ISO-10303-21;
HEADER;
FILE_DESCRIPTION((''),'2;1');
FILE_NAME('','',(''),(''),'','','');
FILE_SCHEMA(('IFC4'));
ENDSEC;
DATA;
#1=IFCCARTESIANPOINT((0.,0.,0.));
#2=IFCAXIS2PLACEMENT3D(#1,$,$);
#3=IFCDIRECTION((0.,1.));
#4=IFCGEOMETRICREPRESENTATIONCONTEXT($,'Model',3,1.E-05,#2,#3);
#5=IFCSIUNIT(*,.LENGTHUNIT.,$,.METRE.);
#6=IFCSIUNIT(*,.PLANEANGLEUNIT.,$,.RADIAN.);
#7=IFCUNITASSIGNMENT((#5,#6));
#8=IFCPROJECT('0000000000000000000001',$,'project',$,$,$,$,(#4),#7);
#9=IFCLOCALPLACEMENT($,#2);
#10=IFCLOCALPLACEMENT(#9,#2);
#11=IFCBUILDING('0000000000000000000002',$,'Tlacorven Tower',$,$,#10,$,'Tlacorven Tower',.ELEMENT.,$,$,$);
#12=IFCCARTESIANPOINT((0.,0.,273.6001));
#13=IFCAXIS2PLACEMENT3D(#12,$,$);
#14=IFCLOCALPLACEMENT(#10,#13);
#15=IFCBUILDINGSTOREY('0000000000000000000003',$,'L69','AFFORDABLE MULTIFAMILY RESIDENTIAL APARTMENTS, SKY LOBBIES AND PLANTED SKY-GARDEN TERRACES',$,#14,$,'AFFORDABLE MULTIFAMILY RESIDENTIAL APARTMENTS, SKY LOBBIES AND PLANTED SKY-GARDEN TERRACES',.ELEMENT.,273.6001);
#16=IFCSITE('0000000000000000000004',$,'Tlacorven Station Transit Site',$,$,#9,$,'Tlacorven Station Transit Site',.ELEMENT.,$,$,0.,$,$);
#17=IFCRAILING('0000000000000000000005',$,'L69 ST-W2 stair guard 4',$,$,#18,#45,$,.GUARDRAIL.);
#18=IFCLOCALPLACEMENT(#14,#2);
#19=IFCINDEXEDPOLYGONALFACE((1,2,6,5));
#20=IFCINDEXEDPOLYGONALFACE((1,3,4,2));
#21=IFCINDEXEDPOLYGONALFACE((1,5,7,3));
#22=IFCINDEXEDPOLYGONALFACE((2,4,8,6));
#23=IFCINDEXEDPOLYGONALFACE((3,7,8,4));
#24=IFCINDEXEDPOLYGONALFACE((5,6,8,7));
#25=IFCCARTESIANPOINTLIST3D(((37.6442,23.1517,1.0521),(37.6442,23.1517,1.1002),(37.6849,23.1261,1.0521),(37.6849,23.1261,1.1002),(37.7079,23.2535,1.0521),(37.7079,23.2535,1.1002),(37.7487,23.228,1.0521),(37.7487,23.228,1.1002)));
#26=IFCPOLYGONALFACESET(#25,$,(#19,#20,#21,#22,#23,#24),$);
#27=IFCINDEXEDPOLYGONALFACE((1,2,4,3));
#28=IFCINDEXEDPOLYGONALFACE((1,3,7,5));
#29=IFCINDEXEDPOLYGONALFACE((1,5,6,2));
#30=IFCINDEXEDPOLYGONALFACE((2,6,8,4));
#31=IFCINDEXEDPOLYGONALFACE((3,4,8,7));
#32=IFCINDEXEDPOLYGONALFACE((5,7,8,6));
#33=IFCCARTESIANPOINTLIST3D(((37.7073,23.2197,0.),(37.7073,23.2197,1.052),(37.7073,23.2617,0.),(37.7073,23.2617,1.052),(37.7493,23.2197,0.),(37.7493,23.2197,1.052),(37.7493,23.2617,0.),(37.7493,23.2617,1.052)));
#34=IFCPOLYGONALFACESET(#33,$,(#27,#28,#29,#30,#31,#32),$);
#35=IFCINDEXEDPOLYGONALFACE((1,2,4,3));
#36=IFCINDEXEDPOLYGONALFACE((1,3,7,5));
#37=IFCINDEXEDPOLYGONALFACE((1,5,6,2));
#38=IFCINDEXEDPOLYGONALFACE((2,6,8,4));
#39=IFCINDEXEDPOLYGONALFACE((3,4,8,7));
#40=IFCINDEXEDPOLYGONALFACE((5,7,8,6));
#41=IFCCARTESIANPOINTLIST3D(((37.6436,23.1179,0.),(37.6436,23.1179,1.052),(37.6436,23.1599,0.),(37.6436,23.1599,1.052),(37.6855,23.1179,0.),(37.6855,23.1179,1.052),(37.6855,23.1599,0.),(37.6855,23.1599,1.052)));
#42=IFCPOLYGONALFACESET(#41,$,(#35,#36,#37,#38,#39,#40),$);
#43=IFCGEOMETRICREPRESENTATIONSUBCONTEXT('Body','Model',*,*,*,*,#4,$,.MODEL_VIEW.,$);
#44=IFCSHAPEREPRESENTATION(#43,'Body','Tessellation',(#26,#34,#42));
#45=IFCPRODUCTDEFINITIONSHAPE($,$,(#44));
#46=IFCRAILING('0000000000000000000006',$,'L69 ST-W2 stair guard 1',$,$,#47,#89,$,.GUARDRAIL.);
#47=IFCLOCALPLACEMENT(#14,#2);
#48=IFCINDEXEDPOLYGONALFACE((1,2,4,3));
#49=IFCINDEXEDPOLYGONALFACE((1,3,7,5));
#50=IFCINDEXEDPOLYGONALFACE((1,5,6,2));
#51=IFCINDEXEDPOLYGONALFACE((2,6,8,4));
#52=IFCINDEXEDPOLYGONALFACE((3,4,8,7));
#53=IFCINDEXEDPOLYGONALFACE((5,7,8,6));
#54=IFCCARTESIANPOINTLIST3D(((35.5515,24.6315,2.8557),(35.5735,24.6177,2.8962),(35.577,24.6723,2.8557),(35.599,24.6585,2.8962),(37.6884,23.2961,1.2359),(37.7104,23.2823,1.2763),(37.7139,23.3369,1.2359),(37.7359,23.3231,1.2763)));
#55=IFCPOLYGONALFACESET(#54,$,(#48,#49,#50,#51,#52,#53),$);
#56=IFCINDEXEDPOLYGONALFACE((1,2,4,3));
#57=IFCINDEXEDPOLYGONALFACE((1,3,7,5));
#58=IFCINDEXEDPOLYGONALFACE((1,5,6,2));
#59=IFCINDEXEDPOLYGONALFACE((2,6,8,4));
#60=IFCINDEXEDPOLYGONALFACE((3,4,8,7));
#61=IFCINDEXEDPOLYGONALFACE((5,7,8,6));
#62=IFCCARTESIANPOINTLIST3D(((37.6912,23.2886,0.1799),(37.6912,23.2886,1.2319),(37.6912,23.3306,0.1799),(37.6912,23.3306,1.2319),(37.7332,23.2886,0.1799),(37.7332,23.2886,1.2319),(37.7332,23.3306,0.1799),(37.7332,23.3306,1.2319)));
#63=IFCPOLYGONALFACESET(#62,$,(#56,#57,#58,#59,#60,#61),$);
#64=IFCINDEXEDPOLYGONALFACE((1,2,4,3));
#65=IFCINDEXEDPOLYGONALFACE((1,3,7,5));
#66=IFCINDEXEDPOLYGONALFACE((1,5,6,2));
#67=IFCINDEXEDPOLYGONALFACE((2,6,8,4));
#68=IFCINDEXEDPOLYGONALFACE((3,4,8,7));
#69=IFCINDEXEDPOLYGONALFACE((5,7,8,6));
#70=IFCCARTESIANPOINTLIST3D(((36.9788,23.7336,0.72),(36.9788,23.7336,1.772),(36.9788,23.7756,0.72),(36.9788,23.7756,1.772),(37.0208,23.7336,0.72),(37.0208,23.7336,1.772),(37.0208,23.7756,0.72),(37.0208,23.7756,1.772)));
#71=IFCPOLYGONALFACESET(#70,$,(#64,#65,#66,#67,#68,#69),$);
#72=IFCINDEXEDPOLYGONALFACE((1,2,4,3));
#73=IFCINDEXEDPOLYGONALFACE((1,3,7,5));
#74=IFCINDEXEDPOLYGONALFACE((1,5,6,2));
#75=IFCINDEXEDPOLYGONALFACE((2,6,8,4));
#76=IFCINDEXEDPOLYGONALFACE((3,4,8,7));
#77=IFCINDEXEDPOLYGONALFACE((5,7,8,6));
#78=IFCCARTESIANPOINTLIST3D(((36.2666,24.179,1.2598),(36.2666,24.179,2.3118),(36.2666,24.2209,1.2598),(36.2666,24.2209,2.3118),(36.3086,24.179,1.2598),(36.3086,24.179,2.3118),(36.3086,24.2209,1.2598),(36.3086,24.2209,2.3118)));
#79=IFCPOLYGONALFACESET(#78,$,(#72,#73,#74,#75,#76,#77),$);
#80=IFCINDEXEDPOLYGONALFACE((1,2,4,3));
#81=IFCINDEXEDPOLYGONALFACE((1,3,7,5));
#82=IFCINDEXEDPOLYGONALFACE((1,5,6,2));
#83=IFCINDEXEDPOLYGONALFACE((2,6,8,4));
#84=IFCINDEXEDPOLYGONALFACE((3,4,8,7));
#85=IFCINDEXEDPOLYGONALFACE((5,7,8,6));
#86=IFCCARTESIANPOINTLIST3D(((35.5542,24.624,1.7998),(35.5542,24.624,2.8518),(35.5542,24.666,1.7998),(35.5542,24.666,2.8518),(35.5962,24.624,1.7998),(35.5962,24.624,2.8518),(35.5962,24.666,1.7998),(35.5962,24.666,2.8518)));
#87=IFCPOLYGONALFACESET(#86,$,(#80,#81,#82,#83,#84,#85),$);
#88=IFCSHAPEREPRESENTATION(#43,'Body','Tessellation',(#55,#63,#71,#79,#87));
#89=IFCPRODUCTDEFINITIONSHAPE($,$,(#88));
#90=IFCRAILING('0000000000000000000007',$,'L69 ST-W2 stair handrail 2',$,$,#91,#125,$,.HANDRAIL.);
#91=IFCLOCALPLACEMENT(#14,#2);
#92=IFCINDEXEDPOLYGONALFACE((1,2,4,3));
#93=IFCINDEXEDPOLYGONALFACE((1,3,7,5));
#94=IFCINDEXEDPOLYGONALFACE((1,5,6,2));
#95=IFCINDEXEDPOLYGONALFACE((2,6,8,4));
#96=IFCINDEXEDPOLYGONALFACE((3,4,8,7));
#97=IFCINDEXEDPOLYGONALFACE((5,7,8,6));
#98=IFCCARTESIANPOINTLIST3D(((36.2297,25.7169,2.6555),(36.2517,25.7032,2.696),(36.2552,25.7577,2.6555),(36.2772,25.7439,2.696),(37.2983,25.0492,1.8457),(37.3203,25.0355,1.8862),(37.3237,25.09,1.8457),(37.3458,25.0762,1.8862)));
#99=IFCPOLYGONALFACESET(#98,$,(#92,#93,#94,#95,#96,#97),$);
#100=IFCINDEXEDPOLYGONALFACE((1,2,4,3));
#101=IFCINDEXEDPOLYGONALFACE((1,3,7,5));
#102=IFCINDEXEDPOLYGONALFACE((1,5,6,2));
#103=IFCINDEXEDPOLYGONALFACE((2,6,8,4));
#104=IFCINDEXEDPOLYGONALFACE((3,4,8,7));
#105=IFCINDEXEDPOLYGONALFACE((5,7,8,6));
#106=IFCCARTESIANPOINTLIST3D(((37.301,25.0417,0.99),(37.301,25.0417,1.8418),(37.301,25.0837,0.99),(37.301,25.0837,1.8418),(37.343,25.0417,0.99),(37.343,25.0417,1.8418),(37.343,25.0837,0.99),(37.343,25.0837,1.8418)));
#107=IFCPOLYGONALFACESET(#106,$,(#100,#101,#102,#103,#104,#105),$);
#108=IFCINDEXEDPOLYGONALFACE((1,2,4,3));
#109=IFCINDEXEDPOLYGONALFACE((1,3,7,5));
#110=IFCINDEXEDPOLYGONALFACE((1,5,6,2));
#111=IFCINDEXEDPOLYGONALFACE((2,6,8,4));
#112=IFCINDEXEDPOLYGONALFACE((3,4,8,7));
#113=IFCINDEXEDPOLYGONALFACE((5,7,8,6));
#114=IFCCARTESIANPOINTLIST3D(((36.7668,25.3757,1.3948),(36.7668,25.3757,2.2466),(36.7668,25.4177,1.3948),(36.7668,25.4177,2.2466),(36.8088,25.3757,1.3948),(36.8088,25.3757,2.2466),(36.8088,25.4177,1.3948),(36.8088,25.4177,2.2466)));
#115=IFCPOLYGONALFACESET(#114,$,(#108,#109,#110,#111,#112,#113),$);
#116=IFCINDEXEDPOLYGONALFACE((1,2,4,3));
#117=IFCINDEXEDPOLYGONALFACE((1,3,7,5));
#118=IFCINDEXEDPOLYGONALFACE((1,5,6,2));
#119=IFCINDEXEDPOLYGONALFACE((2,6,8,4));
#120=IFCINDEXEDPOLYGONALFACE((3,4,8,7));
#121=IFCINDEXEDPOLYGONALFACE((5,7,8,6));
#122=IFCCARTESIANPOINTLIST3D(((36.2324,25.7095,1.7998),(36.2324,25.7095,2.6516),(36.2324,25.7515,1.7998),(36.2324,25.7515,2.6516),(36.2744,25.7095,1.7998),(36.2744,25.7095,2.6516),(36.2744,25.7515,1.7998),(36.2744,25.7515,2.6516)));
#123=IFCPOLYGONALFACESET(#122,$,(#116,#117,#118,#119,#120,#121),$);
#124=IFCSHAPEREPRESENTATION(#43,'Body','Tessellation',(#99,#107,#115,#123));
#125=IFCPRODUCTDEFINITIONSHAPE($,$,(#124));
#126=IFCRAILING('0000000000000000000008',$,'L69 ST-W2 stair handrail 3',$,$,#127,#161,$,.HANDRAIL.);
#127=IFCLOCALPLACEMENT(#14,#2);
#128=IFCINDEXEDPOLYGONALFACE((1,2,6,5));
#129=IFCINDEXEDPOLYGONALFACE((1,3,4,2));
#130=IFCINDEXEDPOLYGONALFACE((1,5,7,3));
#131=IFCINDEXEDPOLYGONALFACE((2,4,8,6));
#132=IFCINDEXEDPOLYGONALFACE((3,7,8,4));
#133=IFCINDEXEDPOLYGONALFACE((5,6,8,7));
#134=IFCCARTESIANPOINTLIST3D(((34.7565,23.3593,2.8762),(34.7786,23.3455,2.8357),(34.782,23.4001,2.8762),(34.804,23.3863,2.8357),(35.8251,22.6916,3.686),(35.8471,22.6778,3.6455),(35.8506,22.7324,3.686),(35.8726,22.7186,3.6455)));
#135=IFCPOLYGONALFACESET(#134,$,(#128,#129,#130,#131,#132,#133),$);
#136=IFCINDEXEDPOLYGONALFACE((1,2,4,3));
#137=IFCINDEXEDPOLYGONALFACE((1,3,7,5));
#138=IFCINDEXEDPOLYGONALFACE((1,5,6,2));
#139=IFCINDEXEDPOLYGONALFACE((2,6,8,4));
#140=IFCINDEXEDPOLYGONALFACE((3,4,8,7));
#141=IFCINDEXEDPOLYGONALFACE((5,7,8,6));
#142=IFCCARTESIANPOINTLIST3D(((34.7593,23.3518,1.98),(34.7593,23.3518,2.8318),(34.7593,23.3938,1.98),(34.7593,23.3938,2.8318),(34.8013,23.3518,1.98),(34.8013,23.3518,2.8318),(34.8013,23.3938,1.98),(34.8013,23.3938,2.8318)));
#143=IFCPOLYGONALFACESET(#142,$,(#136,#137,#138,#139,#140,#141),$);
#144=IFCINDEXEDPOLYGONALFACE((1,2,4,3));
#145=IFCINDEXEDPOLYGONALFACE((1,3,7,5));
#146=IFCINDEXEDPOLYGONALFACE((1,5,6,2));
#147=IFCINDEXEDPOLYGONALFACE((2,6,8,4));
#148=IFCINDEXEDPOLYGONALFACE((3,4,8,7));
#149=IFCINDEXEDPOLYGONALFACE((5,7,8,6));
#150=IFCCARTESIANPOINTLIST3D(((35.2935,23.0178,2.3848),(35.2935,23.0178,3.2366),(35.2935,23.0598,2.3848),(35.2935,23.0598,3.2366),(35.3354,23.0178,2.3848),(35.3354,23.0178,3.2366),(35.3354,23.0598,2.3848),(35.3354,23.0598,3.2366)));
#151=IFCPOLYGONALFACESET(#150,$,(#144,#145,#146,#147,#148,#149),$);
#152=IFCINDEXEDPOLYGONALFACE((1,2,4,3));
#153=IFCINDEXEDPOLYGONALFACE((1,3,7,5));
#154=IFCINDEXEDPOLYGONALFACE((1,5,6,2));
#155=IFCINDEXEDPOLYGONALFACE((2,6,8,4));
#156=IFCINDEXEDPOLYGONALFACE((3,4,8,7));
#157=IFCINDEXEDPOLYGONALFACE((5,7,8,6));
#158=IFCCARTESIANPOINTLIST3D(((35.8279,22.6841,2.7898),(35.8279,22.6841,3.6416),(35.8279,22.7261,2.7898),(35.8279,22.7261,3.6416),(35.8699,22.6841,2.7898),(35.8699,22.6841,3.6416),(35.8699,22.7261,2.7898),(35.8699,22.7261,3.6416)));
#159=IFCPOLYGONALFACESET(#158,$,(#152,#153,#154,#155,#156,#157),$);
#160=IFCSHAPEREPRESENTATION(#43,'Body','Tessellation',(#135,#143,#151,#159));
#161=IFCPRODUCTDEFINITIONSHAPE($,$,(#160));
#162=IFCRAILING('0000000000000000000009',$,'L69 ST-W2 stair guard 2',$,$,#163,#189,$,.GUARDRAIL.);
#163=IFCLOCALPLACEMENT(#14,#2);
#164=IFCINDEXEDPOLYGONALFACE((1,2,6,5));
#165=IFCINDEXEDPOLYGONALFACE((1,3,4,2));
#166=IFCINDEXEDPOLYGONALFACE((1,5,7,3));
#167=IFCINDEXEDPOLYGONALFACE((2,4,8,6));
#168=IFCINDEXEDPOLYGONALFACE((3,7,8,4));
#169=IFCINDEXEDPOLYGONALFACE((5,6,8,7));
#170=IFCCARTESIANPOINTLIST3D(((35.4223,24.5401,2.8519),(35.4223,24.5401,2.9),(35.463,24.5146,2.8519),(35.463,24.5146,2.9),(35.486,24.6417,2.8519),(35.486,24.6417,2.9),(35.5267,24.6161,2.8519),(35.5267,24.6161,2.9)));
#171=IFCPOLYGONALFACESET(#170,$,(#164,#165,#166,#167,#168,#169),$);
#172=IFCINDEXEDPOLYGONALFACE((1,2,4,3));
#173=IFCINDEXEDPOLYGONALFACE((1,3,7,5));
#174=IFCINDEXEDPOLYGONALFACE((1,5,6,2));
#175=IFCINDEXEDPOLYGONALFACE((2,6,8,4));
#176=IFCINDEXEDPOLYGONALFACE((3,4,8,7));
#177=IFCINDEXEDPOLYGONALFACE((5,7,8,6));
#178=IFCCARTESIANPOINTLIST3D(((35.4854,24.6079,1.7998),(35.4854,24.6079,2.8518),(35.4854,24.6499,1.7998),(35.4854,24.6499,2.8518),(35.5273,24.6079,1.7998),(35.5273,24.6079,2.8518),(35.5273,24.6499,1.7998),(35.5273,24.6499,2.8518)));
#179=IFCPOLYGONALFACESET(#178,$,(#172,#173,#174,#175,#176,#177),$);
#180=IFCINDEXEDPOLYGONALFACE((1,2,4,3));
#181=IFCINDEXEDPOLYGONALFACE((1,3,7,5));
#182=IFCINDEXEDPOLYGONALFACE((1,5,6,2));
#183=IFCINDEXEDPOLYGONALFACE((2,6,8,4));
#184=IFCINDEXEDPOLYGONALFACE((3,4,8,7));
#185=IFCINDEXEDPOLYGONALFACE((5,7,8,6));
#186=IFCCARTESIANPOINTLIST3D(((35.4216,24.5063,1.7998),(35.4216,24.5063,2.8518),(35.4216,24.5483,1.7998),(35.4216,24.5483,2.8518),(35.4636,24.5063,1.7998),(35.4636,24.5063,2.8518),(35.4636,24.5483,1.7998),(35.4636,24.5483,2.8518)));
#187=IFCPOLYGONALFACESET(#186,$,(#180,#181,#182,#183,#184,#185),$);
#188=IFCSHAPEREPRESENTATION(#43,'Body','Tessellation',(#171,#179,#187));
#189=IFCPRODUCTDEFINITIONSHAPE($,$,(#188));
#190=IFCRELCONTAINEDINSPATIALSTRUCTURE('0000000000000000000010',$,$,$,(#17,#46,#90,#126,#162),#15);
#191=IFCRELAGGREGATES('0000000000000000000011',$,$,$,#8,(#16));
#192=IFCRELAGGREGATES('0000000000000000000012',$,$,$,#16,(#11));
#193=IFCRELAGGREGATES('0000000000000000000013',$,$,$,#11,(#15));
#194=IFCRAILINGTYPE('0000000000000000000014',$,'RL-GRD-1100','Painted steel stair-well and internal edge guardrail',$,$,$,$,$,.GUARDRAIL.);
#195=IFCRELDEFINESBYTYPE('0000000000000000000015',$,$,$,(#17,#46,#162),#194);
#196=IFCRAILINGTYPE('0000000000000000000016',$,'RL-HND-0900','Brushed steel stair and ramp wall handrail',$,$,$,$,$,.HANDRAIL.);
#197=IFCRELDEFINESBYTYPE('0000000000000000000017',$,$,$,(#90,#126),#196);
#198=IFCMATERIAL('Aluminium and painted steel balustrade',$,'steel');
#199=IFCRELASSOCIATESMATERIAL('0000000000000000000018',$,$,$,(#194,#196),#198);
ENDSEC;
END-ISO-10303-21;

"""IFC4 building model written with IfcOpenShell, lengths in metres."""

from ifc_helpers import new_model, si_unit, direction, frame, origin, origin_2d, place, context, subcontext, project, spatial, rectangle, extrude, source, transform, mapped, material, type_object, element, save


model = new_model("IFC4")

# Units and contexts
model_context = context("Model", 3, precision=1e-05, world=origin(), true_north=direction((0.0, 1.0)))
body_context = subcontext(model_context, "Body", "Model", "MODEL_VIEW")
ifc_project = project(units=[si_unit("LENGTHUNIT", "METRE"), si_unit("PLANEANGLEUNIT", "RADIAN")], contexts=[model_context])

# Site, building, storey
site_placement = place(None, origin())
site = spatial("IfcSite", under=ifc_project, at=site_placement, Name="Tlacorven Station Transit Site", LongName="Tlacorven Station Transit Site", CompositionType="ELEMENT", RefElevation=0.0)
building_placement = place(site_placement, origin())
building = spatial("IfcBuilding", under=site, at=building_placement, Name="Tlacorven Tower", LongName="Tlacorven Tower", CompositionType="ELEMENT")
storey_placement = place(building_placement, frame((0.0, 0.0, 273.6001)))
storey = spatial("IfcBuildingStorey", under=building, at=storey_placement, Name="L69", Description="AFFORDABLE MULTIFAMILY RESIDENTIAL APARTMENTS, SKY LOBBIES AND PLANTED SKY-GARDEN TERRACES", LongName="AFFORDABLE MULTIFAMILY RESIDENTIAL APARTMENTS, SKY LOBBIES AND PLANTED SKY-GARDEN TERRACES", CompositionType="ELEMENT", Elevation=273.6001)

# Railings
ifc_material_1 = material(Name="Aluminium and painted steel balustrade", Category="steel")
railing_type_1 = type_object("IfcRailingType", Name="RL-GRD-1100", Description="Painted steel stair-well and internal edge guardrail", PredefinedType="GUARDRAIL", material=ifc_material_1)
shared_shape_1 = source(origin(), body_context, "Body", "SweptSolid", [
    extrude(rectangle(XDim=0.0481, YDim=0.0481, at=origin_2d()), frame((0.0, 0.0, 1.0762), z_axis=(-0.530547, -0.847656, 0.0), x_axis=(0.847656, -0.530547, 0.0)), (0.0, 0.0, 1.0), 0.1201),
    extrude(rectangle(XDim=0.042, YDim=0.042, at=origin_2d()), origin(), (0.0, 0.0, 1.0), 1.052),
    extrude(rectangle(XDim=0.042, YDim=0.042, at=origin_2d()), frame((-0.0637, -0.1018, 0.0)), (0.0, 0.0, 1.0), 1.052),
])
railing_1_placement = place(storey_placement, frame((37.7283, 23.2407, 0.0)))
element("IfcRailing", 1, at=railing_1_placement, inside=storey, type_object=railing_type_1, Name="L69 ST-W2 stair guard 4", PredefinedType="GUARDRAIL", context=body_context, shape_type="MappedRepresentation", body=[
    mapped(shared_shape_1, transform((0.0, 0.0, 0.0), scale=1.0)),
])
shared_shape_2 = source(origin(), body_context, "Body", "SweptSolid", [
    extrude(rectangle(XDim=0.0481, YDim=0.0481, at=origin_2d()), frame((0.0, 0.0, 1.0762), z_axis=(-0.713351, 0.445794, 0.540739), x_axis=(-0.529955, -0.848026, 0.0)), (0.0, 0.0, 1.0), 2.9956),
    extrude(rectangle(XDim=0.042, YDim=0.042, at=origin_2d()), origin(), (0.0, 0.0, 1.0), 1.052),
    extrude(rectangle(XDim=0.042, YDim=0.042, at=origin_2d()), frame((-0.7124, 0.4451, 0.54)), (0.0, 0.0, 1.0), 1.052),
    extrude(rectangle(XDim=0.042, YDim=0.042, at=origin_2d()), frame((-1.4246, 0.8904, 1.0798)), (0.0, 0.0, 1.0), 1.052),
    extrude(rectangle(XDim=0.042, YDim=0.042, at=origin_2d()), frame((-2.137, 1.3354, 1.6199)), (0.0, 0.0, 1.0), 1.052),
])
railing_2_placement = place(storey_placement, frame((37.7122, 23.3096, 0.1799)))
element("IfcRailing", 2, at=railing_2_placement, inside=storey, type_object=railing_type_1, Name="L69 ST-W2 stair guard 1", PredefinedType="GUARDRAIL", context=body_context, shape_type="MappedRepresentation", body=[
    mapped(shared_shape_2, transform((0.0, 0.0, 0.0), scale=1.0)),
])
railing_type_2 = type_object("IfcRailingType", Name="RL-HND-0900", Description="Brushed steel stair and ramp wall handrail", PredefinedType="HANDRAIL", material=ifc_material_1)
shared_shape_3 = source(origin(), body_context, "Body", "SweptSolid", [
    extrude(rectangle(XDim=0.0481, YDim=0.0481, at=origin_2d()), frame((0.0, 0.0, 0.876), z_axis=(-0.713423, 0.445787, 0.540649), x_axis=(-0.529912, -0.848053, 0.0)), (0.0, 0.0, 1.0), 1.4978),
    extrude(rectangle(XDim=0.042, YDim=0.042, at=origin_2d()), origin(), (0.0, 0.0, 1.0), 0.8518),
    extrude(rectangle(XDim=0.042, YDim=0.042, at=origin_2d()), frame((-0.5342, 0.334, 0.4048)), (0.0, 0.0, 1.0), 0.8518),
    extrude(rectangle(XDim=0.042, YDim=0.042, at=origin_2d()), frame((-1.0686, 0.6677, 0.8098)), (0.0, 0.0, 1.0), 0.8518),
])
railing_3_placement = place(storey_placement, frame((37.322, 25.0627, 0.99)))
element("IfcRailing", 3, at=railing_3_placement, inside=storey, type_object=railing_type_2, Name="L69 ST-W2 stair handrail 2", PredefinedType="HANDRAIL", context=body_context, shape_type="MappedRepresentation", body=[
    mapped(shared_shape_3, transform((0.0, 0.0, 0.0), scale=1.0)),
])
shared_shape_4 = source(origin(), body_context, "Body", "SweptSolid", [
    extrude(rectangle(XDim=0.0481, YDim=0.0481, at=origin_2d()), frame((0.0, 0.0, 0.876), z_axis=(0.713423, -0.445787, 0.540649), x_axis=(0.529912, 0.848053, 0.0)), (0.0, 0.0, 1.0), 1.4978),
    extrude(rectangle(XDim=0.042, YDim=0.042, at=origin_2d()), origin(), (0.0, 0.0, 1.0), 0.8518),
    extrude(rectangle(XDim=0.042, YDim=0.042, at=origin_2d()), frame((0.5342, -0.334, 0.4048)), (0.0, 0.0, 1.0), 0.8518),
    extrude(rectangle(XDim=0.042, YDim=0.042, at=origin_2d()), frame((1.0686, -0.6677, 0.8098)), (0.0, 0.0, 1.0), 0.8518),
])
railing_4_placement = place(storey_placement, frame((34.7803, 23.3728, 1.98)))
element("IfcRailing", 4, at=railing_4_placement, inside=storey, type_object=railing_type_2, Name="L69 ST-W2 stair handrail 3", PredefinedType="HANDRAIL", context=body_context, shape_type="MappedRepresentation", body=[
    mapped(shared_shape_4, transform((0.0, 0.0, 0.0), scale=1.0)),
])
shared_shape_5 = source(origin(), body_context, "Body", "SweptSolid", [
    extrude(rectangle(XDim=0.0481, YDim=0.0481, at=origin_2d()), frame((0.0, 0.0, 1.0762), z_axis=(-0.531462, -0.847082, 0.0), x_axis=(0.847082, -0.531462, 0.0)), (0.0, 0.0, 1.0), 0.1199),
    extrude(rectangle(XDim=0.042, YDim=0.042, at=origin_2d()), origin(), (0.0, 0.0, 1.0), 1.052),
    extrude(rectangle(XDim=0.042, YDim=0.042, at=origin_2d()), frame((-0.0637, -0.1016, 0.0)), (0.0, 0.0, 1.0), 1.052),
])
railing_5_placement = place(storey_placement, frame((35.5063, 24.6289, 1.7998)))
element("IfcRailing", 5, at=railing_5_placement, inside=storey, type_object=railing_type_1, Name="L69 ST-W2 stair guard 2", PredefinedType="GUARDRAIL", context=body_context, shape_type="MappedRepresentation", body=[
    mapped(shared_shape_5, transform((0.0, 0.0, 0.0), scale=1.0)),
])

save(model, "model.ifc")
